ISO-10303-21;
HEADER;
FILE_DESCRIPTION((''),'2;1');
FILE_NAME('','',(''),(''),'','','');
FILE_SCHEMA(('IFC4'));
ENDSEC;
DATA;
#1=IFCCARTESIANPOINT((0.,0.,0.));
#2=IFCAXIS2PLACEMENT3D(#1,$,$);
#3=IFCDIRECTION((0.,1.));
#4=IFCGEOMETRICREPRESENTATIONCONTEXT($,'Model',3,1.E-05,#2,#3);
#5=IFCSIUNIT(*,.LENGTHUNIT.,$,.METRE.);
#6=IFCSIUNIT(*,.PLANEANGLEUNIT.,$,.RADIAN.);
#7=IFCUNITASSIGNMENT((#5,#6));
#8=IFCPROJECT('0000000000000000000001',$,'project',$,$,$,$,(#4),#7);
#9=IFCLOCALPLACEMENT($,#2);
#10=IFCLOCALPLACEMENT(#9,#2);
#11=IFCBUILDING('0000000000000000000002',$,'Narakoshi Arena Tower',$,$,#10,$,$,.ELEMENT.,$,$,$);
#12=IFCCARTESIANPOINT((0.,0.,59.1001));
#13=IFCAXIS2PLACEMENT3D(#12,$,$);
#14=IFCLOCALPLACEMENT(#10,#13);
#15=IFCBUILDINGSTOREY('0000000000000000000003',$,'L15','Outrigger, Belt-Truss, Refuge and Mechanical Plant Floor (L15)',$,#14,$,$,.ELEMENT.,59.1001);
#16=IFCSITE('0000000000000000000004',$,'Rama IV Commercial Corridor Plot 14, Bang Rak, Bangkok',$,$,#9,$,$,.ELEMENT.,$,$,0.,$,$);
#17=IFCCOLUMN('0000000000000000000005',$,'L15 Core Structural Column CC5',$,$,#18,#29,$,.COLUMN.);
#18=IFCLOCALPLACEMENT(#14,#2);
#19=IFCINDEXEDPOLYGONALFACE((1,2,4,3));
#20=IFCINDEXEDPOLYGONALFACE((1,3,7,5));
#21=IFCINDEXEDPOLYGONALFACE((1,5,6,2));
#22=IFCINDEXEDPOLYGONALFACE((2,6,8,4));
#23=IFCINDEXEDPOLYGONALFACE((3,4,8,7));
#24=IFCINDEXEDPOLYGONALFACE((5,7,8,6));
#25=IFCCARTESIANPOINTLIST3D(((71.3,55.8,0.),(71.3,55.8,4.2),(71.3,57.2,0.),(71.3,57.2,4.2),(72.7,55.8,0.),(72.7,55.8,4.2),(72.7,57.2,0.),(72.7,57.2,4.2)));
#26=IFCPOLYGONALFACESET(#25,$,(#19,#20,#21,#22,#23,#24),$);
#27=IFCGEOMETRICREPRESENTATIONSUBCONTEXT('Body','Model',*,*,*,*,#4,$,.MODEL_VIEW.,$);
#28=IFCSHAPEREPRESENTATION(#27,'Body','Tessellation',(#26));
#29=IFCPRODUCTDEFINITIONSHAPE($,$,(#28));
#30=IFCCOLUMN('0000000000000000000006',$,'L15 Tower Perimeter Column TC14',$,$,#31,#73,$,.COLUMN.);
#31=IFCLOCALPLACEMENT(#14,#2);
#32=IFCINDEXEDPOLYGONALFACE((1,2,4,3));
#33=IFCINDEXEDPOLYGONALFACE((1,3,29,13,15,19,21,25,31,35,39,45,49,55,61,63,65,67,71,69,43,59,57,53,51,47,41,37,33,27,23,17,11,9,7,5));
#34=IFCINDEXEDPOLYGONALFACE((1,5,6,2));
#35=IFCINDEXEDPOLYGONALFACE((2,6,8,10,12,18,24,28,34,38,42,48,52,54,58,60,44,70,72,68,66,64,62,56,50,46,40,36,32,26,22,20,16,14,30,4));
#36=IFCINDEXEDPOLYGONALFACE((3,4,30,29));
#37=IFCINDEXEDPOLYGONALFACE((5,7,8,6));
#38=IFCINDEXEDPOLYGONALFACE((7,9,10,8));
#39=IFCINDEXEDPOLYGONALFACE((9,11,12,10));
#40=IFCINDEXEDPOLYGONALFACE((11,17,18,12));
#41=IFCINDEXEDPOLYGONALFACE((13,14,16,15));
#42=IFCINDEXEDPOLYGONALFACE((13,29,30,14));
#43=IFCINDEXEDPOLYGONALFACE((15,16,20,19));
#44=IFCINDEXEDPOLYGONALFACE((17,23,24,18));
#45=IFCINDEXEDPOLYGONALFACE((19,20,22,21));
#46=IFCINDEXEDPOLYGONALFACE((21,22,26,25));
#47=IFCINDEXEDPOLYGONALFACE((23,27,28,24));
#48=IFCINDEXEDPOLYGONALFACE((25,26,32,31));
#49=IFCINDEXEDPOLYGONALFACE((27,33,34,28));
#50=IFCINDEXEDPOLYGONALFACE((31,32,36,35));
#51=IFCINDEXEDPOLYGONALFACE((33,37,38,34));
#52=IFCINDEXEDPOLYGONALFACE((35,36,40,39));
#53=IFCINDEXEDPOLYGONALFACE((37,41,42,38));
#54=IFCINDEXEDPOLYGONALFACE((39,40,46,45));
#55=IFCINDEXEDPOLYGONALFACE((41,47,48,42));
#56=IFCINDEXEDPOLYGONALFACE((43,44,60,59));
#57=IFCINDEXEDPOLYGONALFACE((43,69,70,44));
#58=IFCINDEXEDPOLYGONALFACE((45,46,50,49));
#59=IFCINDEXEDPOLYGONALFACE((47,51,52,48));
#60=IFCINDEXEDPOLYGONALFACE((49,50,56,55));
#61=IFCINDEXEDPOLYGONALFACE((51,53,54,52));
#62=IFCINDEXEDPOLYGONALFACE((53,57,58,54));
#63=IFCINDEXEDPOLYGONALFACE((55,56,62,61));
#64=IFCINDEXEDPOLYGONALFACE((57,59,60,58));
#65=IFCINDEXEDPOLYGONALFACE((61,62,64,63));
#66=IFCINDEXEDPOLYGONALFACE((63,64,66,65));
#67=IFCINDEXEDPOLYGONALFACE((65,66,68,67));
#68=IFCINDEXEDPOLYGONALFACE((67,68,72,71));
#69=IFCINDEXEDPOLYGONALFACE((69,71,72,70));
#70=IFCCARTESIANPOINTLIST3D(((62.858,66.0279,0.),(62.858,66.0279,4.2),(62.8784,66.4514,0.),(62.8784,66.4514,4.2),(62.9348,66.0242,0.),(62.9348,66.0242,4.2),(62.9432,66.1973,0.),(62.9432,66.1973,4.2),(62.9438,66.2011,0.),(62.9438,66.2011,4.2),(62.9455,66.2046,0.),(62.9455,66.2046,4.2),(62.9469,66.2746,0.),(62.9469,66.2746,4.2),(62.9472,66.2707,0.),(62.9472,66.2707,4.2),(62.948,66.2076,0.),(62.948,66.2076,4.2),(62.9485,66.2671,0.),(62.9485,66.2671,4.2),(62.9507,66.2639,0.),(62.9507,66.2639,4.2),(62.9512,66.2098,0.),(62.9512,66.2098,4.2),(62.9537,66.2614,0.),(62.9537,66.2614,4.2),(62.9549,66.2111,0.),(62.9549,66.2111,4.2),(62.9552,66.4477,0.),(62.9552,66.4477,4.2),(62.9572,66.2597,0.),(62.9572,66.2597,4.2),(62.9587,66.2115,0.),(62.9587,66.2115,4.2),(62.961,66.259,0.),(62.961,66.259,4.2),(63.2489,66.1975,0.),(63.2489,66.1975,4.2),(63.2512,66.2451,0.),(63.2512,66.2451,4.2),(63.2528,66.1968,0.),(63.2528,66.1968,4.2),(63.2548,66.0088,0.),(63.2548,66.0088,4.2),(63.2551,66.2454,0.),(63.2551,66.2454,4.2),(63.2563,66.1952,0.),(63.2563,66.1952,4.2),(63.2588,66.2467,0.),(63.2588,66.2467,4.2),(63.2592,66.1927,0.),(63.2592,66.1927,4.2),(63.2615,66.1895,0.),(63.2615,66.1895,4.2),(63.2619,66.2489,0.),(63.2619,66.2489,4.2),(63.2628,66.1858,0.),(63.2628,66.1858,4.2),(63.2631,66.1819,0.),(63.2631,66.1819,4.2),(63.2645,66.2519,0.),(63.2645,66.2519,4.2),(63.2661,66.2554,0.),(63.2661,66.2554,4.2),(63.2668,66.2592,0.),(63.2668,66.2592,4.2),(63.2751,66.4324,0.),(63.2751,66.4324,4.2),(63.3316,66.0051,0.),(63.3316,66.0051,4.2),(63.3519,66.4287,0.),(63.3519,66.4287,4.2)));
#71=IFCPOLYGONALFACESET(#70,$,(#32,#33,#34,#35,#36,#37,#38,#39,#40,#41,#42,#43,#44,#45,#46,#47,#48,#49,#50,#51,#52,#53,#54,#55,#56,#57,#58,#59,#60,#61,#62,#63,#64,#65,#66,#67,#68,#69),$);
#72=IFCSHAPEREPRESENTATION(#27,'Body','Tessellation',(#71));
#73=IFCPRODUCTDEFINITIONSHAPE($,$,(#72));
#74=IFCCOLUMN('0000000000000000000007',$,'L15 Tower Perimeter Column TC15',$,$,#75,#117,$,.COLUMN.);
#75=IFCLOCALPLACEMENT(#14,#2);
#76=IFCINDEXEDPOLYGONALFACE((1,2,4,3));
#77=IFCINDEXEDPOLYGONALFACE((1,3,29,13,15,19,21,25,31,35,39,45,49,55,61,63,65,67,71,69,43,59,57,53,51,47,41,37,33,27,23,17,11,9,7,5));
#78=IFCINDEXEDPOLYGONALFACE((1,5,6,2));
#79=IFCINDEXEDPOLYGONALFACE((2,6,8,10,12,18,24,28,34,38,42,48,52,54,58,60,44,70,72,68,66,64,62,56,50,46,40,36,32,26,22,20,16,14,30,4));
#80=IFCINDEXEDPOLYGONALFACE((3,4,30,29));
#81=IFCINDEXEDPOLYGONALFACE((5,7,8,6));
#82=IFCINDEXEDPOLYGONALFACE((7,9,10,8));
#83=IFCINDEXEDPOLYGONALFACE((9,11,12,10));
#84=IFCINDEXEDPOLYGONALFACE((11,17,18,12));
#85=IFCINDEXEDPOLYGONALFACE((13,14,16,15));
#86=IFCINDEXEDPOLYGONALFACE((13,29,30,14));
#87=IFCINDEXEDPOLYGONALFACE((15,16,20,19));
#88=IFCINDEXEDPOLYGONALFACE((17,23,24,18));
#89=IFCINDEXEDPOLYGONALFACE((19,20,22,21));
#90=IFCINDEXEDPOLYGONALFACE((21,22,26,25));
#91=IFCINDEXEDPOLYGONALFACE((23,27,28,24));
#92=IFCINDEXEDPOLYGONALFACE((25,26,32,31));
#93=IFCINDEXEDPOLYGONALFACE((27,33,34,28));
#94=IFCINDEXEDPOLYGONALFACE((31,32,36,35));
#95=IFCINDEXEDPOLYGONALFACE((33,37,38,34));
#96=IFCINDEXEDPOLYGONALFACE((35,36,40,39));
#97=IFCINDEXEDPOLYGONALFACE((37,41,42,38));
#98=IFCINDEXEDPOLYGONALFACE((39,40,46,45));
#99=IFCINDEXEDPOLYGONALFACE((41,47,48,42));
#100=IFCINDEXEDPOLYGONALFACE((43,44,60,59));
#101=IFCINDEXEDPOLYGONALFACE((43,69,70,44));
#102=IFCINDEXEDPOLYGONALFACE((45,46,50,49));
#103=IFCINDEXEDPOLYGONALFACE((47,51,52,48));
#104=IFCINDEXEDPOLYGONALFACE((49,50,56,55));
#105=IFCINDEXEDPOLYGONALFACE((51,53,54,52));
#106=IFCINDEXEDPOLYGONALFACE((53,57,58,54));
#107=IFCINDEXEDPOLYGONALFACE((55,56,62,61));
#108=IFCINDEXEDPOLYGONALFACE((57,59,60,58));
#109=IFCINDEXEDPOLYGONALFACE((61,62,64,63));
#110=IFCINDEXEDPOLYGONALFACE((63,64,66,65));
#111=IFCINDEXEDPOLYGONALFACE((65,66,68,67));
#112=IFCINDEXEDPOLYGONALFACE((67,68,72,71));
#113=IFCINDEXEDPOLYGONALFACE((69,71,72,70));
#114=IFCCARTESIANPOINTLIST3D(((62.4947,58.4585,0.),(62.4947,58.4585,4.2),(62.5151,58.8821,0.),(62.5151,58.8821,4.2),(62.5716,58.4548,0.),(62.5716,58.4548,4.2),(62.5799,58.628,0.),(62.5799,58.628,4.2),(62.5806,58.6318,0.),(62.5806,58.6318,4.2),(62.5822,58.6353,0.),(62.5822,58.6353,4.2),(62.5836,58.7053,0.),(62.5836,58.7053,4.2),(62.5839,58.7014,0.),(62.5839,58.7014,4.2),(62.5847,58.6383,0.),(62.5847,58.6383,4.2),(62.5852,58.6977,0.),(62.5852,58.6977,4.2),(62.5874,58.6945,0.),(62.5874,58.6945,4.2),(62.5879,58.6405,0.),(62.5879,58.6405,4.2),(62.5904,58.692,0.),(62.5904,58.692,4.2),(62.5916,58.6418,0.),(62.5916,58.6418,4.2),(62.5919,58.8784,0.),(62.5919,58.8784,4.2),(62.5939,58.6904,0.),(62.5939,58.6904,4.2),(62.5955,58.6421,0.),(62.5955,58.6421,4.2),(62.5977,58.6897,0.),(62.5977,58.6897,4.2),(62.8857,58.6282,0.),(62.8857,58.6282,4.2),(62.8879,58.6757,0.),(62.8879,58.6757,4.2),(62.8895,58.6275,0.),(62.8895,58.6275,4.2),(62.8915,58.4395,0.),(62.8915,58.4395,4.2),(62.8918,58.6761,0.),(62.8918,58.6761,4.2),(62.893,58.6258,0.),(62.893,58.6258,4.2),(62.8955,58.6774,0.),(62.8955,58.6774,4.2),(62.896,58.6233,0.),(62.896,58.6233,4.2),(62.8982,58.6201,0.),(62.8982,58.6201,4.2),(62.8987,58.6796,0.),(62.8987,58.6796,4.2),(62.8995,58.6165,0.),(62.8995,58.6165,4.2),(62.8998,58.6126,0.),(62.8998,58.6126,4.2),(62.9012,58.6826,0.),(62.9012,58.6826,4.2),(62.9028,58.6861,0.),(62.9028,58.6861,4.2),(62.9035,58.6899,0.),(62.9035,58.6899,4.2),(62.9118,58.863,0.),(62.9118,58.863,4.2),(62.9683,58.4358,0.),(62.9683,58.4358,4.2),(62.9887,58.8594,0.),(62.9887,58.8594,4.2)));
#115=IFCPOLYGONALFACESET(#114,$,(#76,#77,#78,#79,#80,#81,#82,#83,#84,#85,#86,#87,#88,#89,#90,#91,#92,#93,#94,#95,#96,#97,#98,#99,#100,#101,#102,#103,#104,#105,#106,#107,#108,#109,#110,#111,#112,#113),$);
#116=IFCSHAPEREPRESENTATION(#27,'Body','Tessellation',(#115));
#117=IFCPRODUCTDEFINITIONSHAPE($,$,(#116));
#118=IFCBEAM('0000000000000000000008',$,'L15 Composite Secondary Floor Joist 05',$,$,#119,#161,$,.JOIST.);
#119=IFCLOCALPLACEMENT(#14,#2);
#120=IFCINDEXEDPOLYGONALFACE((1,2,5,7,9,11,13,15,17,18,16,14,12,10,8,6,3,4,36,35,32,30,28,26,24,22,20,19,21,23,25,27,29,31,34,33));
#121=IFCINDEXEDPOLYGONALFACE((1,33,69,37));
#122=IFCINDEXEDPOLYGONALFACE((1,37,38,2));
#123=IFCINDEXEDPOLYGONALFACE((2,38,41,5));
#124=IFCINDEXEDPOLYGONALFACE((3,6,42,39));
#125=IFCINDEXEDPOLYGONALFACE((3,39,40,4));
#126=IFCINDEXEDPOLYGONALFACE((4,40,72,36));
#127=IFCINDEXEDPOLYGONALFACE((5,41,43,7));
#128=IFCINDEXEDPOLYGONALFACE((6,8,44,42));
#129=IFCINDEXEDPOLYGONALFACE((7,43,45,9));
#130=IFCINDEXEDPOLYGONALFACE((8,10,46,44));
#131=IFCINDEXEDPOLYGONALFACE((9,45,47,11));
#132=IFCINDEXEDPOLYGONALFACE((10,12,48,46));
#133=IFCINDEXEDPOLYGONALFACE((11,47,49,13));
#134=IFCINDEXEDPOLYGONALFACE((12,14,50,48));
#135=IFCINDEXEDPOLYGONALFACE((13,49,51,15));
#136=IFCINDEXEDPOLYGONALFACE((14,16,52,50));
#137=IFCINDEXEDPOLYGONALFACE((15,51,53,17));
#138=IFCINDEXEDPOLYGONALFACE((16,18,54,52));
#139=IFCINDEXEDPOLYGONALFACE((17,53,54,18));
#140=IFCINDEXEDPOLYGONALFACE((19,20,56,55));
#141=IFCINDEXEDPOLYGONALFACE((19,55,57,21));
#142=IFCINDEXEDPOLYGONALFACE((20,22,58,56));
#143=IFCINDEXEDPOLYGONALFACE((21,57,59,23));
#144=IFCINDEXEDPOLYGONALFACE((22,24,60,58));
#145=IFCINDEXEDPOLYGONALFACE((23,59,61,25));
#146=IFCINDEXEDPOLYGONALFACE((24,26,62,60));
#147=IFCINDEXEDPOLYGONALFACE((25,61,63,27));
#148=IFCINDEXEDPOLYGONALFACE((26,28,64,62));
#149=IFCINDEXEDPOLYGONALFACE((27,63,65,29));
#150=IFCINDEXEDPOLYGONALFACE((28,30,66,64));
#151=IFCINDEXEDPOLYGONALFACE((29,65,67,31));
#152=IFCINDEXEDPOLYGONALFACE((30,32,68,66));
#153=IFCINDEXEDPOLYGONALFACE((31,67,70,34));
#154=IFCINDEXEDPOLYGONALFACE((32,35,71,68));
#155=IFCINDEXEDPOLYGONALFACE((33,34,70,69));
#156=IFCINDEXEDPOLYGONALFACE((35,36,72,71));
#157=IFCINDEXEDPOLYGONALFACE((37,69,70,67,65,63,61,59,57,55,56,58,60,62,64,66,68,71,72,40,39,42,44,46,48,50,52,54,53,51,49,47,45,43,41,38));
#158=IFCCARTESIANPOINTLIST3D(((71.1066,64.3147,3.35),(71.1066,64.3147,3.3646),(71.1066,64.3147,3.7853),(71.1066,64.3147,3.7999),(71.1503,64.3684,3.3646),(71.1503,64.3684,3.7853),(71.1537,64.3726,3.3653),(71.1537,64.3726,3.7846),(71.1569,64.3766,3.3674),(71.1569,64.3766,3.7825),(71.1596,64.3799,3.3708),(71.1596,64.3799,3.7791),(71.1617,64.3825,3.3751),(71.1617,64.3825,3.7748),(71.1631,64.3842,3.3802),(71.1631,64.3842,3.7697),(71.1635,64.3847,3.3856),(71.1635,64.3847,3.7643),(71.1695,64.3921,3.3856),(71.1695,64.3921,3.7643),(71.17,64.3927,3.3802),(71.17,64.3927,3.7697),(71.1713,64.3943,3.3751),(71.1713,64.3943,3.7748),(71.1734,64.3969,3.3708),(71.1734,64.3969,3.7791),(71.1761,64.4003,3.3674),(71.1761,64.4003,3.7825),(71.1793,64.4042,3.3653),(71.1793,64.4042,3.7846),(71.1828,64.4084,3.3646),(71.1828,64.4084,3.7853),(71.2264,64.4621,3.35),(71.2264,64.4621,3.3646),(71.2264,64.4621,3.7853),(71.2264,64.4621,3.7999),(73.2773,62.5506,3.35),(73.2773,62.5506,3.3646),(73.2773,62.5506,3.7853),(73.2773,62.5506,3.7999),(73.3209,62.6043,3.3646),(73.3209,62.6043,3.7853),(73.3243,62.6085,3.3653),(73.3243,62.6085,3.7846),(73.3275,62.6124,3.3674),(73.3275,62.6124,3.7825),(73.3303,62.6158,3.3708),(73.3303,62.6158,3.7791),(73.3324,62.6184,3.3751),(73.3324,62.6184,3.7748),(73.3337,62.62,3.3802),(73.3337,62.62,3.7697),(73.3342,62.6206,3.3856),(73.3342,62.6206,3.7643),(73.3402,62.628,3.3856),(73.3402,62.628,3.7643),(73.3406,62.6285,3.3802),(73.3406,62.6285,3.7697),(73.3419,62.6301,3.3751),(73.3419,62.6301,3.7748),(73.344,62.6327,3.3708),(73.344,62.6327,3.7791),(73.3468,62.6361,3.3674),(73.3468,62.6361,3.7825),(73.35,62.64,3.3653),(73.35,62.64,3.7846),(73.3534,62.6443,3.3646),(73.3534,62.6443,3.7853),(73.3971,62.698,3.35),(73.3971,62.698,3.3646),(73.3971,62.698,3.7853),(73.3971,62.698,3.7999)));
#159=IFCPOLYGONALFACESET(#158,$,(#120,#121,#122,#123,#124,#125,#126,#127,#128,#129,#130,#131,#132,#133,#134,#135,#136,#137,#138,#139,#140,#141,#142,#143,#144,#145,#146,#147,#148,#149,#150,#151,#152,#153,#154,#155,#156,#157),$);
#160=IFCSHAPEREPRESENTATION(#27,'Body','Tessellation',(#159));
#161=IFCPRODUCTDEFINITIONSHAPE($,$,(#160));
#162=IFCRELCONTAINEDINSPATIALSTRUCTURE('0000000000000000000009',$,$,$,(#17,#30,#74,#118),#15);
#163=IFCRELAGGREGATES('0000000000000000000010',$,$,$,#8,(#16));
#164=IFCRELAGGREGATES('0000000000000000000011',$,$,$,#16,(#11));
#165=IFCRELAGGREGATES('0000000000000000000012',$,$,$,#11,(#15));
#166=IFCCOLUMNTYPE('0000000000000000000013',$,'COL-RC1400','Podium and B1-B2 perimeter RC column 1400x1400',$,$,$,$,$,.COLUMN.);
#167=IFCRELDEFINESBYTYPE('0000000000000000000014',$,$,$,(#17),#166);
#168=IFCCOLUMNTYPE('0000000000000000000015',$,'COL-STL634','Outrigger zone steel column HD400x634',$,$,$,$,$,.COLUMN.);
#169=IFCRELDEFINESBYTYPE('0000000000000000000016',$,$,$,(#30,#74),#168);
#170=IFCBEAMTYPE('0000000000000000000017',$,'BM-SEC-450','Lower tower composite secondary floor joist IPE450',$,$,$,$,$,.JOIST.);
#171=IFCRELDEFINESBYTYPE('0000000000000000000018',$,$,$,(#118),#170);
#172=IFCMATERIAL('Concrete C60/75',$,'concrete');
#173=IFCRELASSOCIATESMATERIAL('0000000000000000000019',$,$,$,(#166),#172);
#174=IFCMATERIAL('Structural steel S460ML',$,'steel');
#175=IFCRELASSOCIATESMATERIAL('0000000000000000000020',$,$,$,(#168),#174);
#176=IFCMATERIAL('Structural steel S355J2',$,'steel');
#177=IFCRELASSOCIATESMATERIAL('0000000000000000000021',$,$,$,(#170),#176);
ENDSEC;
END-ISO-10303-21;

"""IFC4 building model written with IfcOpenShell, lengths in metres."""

from ifc_helpers import new_model, si_unit, direction, frame, origin, origin_2d, place, context, subcontext, project, spatial, rectangle, i_section, extrude, material, material_profile, profile_set, type_object, element, save


model = new_model("IFC4")

# Units and contexts
model_context = context("Model", 3, precision=1e-05, world=origin(), true_north=direction((0.0, 1.0)))
body_context = subcontext(model_context, "Body", "Model", "MODEL_VIEW")
ifc_project = project(units=[si_unit("LENGTHUNIT", "METRE"), si_unit("PLANEANGLEUNIT", "RADIAN")], contexts=[model_context])

# Site, building, storey
site_placement = place(None, origin())
site = spatial("IfcSite", under=ifc_project, at=site_placement, Name="Rama IV Commercial Corridor Plot 14, Bang Rak, Bangkok", CompositionType="ELEMENT", RefElevation=0.0)
building_placement = place(site_placement, origin())
building = spatial("IfcBuilding", under=site, at=building_placement, Name="Narakoshi Arena Tower", CompositionType="ELEMENT")
storey_placement = place(building_placement, frame((0.0, 0.0, 59.1001)))
storey = spatial("IfcBuildingStorey", under=building, at=storey_placement, Name="L15", Description="Outrigger, Belt-Truss, Refuge and Mechanical Plant Floor (L15)", CompositionType="ELEMENT", Elevation=59.1001)

# Columns
ifc_material_1 = material(Name="Concrete C60/75", Category="concrete")
ifc_material_profile_1 = material_profile(ifc_material_1, rectangle(XDim=1.3999, YDim=1.3999, at=origin_2d()), Name="RC1400x1400")
ifc_profile_set_1 = profile_set([ifc_material_profile_1], Name="Concrete C60/75")
column_type_1 = type_object("IfcColumnType", Name="COL-RC1400", Description="Podium and B1-B2 perimeter RC column 1400x1400", PredefinedType="COLUMN", material=ifc_profile_set_1)
column_placement = place(storey_placement, frame((72.0, 56.5, 0.0), z_axis=(0.0, 0.0, 1.0), x_axis=(1.0, 0.0, 0.0)))
element("IfcColumn", 1, at=column_placement, inside=storey, type_object=column_type_1, Name="L15 Core Structural Column CC5", PredefinedType="COLUMN", context=body_context, shape_type="SweptSolid", body=[
    extrude(rectangle(XDim=1.3999, YDim=1.3999, at=origin_2d()), origin(), (0.0, 0.0, 1.0), 4.2),
])
ifc_material_2 = material(Name="Structural steel S460ML", Category="steel")
ifc_material_profile_2 = material_profile(ifc_material_2, i_section(OverallWidth=0.4241, OverallDepth=0.4741, WebThickness=0.0476, FlangeThickness=0.0769, FilletRadius=0.0149, at=origin_2d()), Name="HD400x634")
ifc_profile_set_2 = profile_set([ifc_material_profile_2], Name="Structural steel S460ML")
column_type_2 = type_object("IfcColumnType", Name="COL-STL634", Description="Outrigger zone steel column HD400x634", PredefinedType="COLUMN", material=ifc_profile_set_2)
for number, where, z_axis, x_axis, name in (
    (2, (63.105, 66.2283, 0.0), (0.0, 0.0, 1.0), (0.047978, 0.998848, 0.0), "L15 Tower Perimeter Column TC14"),
    (3, (62.7417, 58.6589, 0.0), (0.0, 0.0, 1.0), (0.047978, 0.998848, 0.0), "L15 Tower Perimeter Column TC15"),
):
    element("IfcColumn", number, at=place(storey_placement, frame(where, z_axis=z_axis, x_axis=x_axis)), inside=storey, type_object=column_type_2, Name=name, PredefinedType="COLUMN", context=body_context, shape_type="SweptSolid", body=[
        extrude(i_section(OverallWidth=0.4241, OverallDepth=0.4741, WebThickness=0.0476, FlangeThickness=0.0769, FilletRadius=0.0149, at=origin_2d()), origin(), (0.0, 0.0, 1.0), 4.2),
    ])

# Beam
ifc_material_3 = material(Name="Structural steel S355J2", Category="steel")
ifc_material_profile_3 = material_profile(ifc_material_3, i_section(OverallWidth=0.1899, OverallDepth=0.45, WebThickness=0.0095, FlangeThickness=0.0146, FilletRadius=0.021, at=origin_2d()), Name="IPE450")
ifc_profile_set_3 = profile_set([ifc_material_profile_3], Name="Structural steel S355J2")
beam_type_1 = type_object("IfcBeamType", Name="BM-SEC-450", Description="Lower tower composite secondary floor joist IPE450", PredefinedType="JOIST", material=ifc_profile_set_3)
beam_1_placement = place(storey_placement, frame((73.3372, 62.6243, 3.575), z_axis=(-0.776026, 0.630701, 0.0), x_axis=(-0.630701, -0.776026, 0.0)))
element("IfcBeam", 4, at=beam_1_placement, inside=storey, type_object=beam_type_1, Name="L15 Composite Secondary Floor Joist 05", PredefinedType="JOIST", context=body_context, shape_type="SweptSolid", body=[
    extrude(i_section(OverallWidth=0.1899, OverallDepth=0.45, WebThickness=0.0095, FlangeThickness=0.0146, FilletRadius=0.021, at=origin_2d()), origin(), (0.0, 0.0, 1.0), 2.7971),
])

save(model, "model.ifc")
